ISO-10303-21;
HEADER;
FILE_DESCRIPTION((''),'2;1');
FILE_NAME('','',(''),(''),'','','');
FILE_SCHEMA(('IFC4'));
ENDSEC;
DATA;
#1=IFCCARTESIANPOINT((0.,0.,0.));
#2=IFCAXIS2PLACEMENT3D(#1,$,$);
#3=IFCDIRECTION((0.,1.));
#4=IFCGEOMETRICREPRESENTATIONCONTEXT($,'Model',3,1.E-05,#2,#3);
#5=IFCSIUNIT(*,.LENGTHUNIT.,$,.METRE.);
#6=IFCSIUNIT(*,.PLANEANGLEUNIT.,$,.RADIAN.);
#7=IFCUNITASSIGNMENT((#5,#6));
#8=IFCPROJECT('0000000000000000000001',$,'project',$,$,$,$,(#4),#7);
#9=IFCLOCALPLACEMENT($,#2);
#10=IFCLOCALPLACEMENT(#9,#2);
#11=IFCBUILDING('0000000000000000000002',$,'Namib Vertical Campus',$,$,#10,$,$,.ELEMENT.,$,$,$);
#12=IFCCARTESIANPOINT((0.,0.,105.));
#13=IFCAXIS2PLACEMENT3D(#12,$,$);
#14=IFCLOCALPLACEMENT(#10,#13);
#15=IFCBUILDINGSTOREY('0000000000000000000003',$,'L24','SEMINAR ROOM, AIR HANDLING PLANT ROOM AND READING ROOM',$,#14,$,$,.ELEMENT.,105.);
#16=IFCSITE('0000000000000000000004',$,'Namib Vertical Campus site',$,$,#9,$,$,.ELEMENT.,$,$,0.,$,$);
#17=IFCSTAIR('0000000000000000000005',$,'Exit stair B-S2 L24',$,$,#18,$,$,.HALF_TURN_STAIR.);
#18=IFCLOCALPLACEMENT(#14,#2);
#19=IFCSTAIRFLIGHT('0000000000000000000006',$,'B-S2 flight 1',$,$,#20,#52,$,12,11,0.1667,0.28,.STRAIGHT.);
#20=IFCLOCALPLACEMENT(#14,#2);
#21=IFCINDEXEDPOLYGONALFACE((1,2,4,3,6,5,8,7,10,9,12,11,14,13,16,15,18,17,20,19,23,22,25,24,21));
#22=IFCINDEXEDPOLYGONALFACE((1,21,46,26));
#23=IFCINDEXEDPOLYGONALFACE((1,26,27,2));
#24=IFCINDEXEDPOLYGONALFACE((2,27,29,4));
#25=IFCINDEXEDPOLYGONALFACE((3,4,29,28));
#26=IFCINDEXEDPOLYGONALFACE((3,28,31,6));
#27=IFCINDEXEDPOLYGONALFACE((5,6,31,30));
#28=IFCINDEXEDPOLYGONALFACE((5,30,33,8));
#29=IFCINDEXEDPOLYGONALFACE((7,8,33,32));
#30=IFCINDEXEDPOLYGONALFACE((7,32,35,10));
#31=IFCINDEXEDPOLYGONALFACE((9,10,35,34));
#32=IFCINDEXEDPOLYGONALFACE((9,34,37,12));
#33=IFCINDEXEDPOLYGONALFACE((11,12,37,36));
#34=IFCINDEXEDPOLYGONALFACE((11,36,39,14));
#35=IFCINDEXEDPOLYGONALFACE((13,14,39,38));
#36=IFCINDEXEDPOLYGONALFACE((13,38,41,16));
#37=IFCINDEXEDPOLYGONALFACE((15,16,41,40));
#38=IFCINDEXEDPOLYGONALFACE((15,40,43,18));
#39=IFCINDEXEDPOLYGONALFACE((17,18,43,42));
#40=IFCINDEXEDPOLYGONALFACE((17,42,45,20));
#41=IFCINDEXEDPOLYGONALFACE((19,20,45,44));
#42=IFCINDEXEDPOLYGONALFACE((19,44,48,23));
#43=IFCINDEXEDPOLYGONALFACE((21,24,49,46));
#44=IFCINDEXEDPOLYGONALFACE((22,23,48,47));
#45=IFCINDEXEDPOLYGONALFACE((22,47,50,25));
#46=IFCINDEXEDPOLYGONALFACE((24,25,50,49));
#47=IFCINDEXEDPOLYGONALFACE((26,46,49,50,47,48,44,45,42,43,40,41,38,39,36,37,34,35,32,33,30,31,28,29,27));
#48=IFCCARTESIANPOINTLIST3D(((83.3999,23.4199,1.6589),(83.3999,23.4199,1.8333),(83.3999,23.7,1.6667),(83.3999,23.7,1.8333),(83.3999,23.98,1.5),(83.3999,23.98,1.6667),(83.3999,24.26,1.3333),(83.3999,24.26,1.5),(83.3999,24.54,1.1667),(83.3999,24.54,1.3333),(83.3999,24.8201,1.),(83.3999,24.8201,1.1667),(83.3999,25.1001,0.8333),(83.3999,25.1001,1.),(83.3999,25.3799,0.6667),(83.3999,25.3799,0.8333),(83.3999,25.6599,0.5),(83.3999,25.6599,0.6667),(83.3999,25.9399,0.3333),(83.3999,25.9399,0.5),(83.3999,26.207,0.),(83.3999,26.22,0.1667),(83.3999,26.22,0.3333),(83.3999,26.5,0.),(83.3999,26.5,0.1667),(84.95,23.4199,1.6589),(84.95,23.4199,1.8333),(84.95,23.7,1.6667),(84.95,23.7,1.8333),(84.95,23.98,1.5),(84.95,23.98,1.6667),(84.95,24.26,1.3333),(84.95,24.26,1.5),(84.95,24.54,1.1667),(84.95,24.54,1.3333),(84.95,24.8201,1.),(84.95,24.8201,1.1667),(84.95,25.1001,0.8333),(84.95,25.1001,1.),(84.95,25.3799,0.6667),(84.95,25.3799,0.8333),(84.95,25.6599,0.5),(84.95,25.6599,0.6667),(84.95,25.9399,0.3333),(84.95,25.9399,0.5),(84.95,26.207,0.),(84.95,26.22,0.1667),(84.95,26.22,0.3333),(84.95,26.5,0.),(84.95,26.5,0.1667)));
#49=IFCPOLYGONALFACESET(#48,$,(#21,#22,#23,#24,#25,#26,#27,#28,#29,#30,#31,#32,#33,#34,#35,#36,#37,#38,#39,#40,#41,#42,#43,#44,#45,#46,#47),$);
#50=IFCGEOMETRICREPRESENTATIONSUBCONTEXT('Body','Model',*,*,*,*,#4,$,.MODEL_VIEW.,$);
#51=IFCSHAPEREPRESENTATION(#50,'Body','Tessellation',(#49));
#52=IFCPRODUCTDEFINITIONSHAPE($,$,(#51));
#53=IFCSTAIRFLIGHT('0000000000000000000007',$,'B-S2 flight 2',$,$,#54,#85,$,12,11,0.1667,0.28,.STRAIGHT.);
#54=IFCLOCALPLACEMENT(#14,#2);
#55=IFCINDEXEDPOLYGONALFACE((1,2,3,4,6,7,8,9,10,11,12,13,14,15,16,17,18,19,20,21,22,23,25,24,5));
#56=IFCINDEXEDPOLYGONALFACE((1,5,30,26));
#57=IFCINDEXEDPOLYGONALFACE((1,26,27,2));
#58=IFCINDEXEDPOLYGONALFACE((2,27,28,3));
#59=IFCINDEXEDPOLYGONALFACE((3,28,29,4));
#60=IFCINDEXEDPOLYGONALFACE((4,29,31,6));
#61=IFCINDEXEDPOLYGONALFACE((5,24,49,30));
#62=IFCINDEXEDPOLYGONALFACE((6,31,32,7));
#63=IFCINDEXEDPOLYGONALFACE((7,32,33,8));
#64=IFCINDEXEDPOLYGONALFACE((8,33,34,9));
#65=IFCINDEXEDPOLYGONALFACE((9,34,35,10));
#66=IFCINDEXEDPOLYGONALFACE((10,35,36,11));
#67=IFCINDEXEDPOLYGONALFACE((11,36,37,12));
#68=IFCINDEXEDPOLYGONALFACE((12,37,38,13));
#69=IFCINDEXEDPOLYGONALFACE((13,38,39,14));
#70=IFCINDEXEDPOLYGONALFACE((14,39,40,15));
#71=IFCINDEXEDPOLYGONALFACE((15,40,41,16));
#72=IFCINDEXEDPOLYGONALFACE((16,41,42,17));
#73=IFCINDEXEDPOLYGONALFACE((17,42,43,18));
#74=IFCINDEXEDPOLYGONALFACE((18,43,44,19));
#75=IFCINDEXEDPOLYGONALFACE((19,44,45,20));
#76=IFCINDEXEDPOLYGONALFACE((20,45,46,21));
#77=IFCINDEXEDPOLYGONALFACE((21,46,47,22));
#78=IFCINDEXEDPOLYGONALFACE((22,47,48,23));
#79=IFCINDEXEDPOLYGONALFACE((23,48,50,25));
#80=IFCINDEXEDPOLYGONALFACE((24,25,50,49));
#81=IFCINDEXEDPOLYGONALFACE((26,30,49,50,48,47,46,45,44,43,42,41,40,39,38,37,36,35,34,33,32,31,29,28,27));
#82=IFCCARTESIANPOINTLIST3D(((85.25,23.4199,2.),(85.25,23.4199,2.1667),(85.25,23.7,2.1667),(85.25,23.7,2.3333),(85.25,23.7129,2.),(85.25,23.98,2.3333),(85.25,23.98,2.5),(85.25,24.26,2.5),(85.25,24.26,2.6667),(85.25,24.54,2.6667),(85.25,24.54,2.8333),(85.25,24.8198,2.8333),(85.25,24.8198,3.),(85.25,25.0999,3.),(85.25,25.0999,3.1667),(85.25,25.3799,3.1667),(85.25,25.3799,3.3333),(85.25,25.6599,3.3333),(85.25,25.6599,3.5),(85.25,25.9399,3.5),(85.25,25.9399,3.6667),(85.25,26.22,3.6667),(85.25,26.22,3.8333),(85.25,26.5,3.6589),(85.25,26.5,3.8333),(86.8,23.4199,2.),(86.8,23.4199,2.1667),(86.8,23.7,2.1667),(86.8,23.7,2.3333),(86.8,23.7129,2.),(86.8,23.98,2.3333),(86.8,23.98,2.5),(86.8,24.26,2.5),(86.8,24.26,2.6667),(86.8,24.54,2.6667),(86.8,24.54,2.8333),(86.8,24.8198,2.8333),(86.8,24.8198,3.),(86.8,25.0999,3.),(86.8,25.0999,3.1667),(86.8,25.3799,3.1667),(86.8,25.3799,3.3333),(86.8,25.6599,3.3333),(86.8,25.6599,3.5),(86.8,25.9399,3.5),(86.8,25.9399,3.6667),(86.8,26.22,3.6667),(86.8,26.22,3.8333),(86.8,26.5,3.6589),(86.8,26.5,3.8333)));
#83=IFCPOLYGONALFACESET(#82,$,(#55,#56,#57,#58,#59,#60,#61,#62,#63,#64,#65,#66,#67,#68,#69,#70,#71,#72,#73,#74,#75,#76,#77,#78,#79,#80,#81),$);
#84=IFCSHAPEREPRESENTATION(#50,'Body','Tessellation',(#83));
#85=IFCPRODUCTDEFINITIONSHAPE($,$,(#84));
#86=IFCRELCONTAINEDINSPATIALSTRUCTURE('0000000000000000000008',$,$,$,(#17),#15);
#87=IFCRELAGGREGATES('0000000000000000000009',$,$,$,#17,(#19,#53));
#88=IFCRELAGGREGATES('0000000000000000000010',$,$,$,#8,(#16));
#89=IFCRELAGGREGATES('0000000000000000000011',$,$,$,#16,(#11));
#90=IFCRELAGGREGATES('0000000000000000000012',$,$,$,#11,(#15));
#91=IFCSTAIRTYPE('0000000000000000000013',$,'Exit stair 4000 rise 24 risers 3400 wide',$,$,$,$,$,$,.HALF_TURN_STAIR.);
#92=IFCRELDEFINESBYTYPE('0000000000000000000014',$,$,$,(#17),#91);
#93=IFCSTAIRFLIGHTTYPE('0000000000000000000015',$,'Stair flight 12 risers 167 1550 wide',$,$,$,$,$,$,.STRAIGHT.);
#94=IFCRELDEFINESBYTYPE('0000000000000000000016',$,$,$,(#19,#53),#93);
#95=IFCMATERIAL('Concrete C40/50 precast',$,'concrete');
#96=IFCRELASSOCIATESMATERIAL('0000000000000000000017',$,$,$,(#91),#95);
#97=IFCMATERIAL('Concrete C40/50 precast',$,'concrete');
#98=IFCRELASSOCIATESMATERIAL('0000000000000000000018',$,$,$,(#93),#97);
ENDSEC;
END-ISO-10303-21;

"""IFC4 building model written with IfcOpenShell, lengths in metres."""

from ifc_helpers import new_model, si_unit, direction, frame, origin, place, context, subcontext, project, spatial, polyline, outline, extrude, material, type_object, element, aggregate, save


model = new_model("IFC4")

# Units and contexts
model_context = context("Model", 3, precision=1e-05, world=origin(), true_north=direction((0.0, 1.0)))
body_context = subcontext(model_context, "Body", "Model", "MODEL_VIEW")
ifc_project = project(units=[si_unit("LENGTHUNIT", "METRE"), si_unit("PLANEANGLEUNIT", "RADIAN")], contexts=[model_context])

# Site, building, storey
site_placement = place(None, origin())
site = spatial("IfcSite", under=ifc_project, at=site_placement, Name="Namib Vertical Campus site", CompositionType="ELEMENT", RefElevation=0.0)
building_placement = place(site_placement, origin())
building = spatial("IfcBuilding", under=site, at=building_placement, Name="Namib Vertical Campus", CompositionType="ELEMENT")
storey_placement = place(building_placement, frame((0.0, 0.0, 105.0)))
storey = spatial("IfcBuildingStorey", under=building, at=storey_placement, Name="L24", Description="SEMINAR ROOM, AIR HANDLING PLANT ROOM AND READING ROOM", CompositionType="ELEMENT", Elevation=105.0)

# Stair, stair flights
ifc_material_1 = material(Name="Concrete C40/50 precast", Category="concrete")
stair_type = type_object("IfcStairType", Name="Exit stair 4000 rise 24 risers 3400 wide", PredefinedType="HALF_TURN_STAIR", material=ifc_material_1)
stair_placement = place(storey_placement, origin())
stair = element("IfcStair", 1, at=stair_placement, inside=storey, type_object=stair_type, Name="Exit stair B-S2 L24", PredefinedType="HALF_TURN_STAIR")
ifc_material_2 = material(Name="Concrete C40/50 precast", Category="concrete")
stair_flight_type = type_object("IfcStairFlightType", Name="Stair flight 12 risers 167 1550 wide", PredefinedType="STRAIGHT", material=ifc_material_2)
stair_flight_1_placement = place(storey_placement, frame((84.175, 26.5, 0.0), z_axis=(0.0, 0.0, 1.0), x_axis=(0.0, -1.0, 0.0)))
stair_flight_1 = element("IfcStairFlight", 2, at=stair_flight_1_placement, type_object=stair_flight_type, Name="B-S2 flight 1", NumberOfRisers=12, NumberOfTreads=11, PredefinedType="STRAIGHT", RiserHeight=0.1667, TreadLength=0.28, context=body_context, shape_type="SweptSolid", body=[
    extrude(outline(polyline([(0.0, 0.0), (0.0, 0.1667), (0.28, 0.1667), (0.28, 0.3333), (0.5601, 0.3333), (0.5601, 0.5), (0.8401, 0.5), (0.8401, 0.6667), (1.1201, 0.6667), (1.1201, 0.8333), (1.3999, 0.8333), (1.3999, 1.0), (1.6799, 1.0), (1.6799, 1.1667), (1.96, 1.1667), (1.96, 1.3333), (2.24, 1.3333), (2.24, 1.5), (2.52, 1.5), (2.52, 1.6667), (2.8, 1.6667), (2.8, 1.8333), (3.0801, 1.8333), (3.0801, 2.0), (3.0801, 1.6589), (0.293, 0.0), (0.0, 0.0)])), frame((0.0, 0.7749, 0.0), z_axis=(0.0, -1.0, 0.0), x_axis=(1.0, 0.0, 0.0)), (0.0, 0.0, 1.0), 1.55),
])
stair_flight_2_placement = place(storey_placement, frame((86.0249, 23.4199, 2.0), z_axis=(0.0, 0.0, 1.0), x_axis=(0.0, 1.0, 0.0)))
stair_flight_2 = element("IfcStairFlight", 3, at=stair_flight_2_placement, type_object=stair_flight_type, Name="B-S2 flight 2", NumberOfRisers=12, NumberOfTreads=11, PredefinedType="STRAIGHT", RiserHeight=0.1667, TreadLength=0.28, context=body_context, shape_type="SweptSolid", body=[
    extrude(outline(polyline([(0.0, 0.0), (0.0, 0.1667), (0.28, 0.1667), (0.28, 0.3333), (0.5601, 0.3333), (0.5601, 0.5), (0.8401, 0.5), (0.8401, 0.6667), (1.1201, 0.6667), (1.1201, 0.8333), (1.3999, 0.8333), (1.3999, 1.0), (1.6799, 1.0), (1.6799, 1.1667), (1.96, 1.1667), (1.96, 1.3333), (2.24, 1.3333), (2.24, 1.5), (2.52, 1.5), (2.52, 1.6667), (2.8, 1.6667), (2.8, 1.8333), (3.0801, 1.8333), (3.0801, 2.0), (3.0801, 1.6589), (0.293, 0.0), (0.0, 0.0)])), frame((0.0, 0.7749, 0.0), z_axis=(0.0, -1.0, 0.0), x_axis=(1.0, 0.0, 0.0)), (0.0, 0.0, 1.0), 1.55),
])
aggregate(stair, [stair_flight_1, stair_flight_2])

save(model, "model.ifc")
